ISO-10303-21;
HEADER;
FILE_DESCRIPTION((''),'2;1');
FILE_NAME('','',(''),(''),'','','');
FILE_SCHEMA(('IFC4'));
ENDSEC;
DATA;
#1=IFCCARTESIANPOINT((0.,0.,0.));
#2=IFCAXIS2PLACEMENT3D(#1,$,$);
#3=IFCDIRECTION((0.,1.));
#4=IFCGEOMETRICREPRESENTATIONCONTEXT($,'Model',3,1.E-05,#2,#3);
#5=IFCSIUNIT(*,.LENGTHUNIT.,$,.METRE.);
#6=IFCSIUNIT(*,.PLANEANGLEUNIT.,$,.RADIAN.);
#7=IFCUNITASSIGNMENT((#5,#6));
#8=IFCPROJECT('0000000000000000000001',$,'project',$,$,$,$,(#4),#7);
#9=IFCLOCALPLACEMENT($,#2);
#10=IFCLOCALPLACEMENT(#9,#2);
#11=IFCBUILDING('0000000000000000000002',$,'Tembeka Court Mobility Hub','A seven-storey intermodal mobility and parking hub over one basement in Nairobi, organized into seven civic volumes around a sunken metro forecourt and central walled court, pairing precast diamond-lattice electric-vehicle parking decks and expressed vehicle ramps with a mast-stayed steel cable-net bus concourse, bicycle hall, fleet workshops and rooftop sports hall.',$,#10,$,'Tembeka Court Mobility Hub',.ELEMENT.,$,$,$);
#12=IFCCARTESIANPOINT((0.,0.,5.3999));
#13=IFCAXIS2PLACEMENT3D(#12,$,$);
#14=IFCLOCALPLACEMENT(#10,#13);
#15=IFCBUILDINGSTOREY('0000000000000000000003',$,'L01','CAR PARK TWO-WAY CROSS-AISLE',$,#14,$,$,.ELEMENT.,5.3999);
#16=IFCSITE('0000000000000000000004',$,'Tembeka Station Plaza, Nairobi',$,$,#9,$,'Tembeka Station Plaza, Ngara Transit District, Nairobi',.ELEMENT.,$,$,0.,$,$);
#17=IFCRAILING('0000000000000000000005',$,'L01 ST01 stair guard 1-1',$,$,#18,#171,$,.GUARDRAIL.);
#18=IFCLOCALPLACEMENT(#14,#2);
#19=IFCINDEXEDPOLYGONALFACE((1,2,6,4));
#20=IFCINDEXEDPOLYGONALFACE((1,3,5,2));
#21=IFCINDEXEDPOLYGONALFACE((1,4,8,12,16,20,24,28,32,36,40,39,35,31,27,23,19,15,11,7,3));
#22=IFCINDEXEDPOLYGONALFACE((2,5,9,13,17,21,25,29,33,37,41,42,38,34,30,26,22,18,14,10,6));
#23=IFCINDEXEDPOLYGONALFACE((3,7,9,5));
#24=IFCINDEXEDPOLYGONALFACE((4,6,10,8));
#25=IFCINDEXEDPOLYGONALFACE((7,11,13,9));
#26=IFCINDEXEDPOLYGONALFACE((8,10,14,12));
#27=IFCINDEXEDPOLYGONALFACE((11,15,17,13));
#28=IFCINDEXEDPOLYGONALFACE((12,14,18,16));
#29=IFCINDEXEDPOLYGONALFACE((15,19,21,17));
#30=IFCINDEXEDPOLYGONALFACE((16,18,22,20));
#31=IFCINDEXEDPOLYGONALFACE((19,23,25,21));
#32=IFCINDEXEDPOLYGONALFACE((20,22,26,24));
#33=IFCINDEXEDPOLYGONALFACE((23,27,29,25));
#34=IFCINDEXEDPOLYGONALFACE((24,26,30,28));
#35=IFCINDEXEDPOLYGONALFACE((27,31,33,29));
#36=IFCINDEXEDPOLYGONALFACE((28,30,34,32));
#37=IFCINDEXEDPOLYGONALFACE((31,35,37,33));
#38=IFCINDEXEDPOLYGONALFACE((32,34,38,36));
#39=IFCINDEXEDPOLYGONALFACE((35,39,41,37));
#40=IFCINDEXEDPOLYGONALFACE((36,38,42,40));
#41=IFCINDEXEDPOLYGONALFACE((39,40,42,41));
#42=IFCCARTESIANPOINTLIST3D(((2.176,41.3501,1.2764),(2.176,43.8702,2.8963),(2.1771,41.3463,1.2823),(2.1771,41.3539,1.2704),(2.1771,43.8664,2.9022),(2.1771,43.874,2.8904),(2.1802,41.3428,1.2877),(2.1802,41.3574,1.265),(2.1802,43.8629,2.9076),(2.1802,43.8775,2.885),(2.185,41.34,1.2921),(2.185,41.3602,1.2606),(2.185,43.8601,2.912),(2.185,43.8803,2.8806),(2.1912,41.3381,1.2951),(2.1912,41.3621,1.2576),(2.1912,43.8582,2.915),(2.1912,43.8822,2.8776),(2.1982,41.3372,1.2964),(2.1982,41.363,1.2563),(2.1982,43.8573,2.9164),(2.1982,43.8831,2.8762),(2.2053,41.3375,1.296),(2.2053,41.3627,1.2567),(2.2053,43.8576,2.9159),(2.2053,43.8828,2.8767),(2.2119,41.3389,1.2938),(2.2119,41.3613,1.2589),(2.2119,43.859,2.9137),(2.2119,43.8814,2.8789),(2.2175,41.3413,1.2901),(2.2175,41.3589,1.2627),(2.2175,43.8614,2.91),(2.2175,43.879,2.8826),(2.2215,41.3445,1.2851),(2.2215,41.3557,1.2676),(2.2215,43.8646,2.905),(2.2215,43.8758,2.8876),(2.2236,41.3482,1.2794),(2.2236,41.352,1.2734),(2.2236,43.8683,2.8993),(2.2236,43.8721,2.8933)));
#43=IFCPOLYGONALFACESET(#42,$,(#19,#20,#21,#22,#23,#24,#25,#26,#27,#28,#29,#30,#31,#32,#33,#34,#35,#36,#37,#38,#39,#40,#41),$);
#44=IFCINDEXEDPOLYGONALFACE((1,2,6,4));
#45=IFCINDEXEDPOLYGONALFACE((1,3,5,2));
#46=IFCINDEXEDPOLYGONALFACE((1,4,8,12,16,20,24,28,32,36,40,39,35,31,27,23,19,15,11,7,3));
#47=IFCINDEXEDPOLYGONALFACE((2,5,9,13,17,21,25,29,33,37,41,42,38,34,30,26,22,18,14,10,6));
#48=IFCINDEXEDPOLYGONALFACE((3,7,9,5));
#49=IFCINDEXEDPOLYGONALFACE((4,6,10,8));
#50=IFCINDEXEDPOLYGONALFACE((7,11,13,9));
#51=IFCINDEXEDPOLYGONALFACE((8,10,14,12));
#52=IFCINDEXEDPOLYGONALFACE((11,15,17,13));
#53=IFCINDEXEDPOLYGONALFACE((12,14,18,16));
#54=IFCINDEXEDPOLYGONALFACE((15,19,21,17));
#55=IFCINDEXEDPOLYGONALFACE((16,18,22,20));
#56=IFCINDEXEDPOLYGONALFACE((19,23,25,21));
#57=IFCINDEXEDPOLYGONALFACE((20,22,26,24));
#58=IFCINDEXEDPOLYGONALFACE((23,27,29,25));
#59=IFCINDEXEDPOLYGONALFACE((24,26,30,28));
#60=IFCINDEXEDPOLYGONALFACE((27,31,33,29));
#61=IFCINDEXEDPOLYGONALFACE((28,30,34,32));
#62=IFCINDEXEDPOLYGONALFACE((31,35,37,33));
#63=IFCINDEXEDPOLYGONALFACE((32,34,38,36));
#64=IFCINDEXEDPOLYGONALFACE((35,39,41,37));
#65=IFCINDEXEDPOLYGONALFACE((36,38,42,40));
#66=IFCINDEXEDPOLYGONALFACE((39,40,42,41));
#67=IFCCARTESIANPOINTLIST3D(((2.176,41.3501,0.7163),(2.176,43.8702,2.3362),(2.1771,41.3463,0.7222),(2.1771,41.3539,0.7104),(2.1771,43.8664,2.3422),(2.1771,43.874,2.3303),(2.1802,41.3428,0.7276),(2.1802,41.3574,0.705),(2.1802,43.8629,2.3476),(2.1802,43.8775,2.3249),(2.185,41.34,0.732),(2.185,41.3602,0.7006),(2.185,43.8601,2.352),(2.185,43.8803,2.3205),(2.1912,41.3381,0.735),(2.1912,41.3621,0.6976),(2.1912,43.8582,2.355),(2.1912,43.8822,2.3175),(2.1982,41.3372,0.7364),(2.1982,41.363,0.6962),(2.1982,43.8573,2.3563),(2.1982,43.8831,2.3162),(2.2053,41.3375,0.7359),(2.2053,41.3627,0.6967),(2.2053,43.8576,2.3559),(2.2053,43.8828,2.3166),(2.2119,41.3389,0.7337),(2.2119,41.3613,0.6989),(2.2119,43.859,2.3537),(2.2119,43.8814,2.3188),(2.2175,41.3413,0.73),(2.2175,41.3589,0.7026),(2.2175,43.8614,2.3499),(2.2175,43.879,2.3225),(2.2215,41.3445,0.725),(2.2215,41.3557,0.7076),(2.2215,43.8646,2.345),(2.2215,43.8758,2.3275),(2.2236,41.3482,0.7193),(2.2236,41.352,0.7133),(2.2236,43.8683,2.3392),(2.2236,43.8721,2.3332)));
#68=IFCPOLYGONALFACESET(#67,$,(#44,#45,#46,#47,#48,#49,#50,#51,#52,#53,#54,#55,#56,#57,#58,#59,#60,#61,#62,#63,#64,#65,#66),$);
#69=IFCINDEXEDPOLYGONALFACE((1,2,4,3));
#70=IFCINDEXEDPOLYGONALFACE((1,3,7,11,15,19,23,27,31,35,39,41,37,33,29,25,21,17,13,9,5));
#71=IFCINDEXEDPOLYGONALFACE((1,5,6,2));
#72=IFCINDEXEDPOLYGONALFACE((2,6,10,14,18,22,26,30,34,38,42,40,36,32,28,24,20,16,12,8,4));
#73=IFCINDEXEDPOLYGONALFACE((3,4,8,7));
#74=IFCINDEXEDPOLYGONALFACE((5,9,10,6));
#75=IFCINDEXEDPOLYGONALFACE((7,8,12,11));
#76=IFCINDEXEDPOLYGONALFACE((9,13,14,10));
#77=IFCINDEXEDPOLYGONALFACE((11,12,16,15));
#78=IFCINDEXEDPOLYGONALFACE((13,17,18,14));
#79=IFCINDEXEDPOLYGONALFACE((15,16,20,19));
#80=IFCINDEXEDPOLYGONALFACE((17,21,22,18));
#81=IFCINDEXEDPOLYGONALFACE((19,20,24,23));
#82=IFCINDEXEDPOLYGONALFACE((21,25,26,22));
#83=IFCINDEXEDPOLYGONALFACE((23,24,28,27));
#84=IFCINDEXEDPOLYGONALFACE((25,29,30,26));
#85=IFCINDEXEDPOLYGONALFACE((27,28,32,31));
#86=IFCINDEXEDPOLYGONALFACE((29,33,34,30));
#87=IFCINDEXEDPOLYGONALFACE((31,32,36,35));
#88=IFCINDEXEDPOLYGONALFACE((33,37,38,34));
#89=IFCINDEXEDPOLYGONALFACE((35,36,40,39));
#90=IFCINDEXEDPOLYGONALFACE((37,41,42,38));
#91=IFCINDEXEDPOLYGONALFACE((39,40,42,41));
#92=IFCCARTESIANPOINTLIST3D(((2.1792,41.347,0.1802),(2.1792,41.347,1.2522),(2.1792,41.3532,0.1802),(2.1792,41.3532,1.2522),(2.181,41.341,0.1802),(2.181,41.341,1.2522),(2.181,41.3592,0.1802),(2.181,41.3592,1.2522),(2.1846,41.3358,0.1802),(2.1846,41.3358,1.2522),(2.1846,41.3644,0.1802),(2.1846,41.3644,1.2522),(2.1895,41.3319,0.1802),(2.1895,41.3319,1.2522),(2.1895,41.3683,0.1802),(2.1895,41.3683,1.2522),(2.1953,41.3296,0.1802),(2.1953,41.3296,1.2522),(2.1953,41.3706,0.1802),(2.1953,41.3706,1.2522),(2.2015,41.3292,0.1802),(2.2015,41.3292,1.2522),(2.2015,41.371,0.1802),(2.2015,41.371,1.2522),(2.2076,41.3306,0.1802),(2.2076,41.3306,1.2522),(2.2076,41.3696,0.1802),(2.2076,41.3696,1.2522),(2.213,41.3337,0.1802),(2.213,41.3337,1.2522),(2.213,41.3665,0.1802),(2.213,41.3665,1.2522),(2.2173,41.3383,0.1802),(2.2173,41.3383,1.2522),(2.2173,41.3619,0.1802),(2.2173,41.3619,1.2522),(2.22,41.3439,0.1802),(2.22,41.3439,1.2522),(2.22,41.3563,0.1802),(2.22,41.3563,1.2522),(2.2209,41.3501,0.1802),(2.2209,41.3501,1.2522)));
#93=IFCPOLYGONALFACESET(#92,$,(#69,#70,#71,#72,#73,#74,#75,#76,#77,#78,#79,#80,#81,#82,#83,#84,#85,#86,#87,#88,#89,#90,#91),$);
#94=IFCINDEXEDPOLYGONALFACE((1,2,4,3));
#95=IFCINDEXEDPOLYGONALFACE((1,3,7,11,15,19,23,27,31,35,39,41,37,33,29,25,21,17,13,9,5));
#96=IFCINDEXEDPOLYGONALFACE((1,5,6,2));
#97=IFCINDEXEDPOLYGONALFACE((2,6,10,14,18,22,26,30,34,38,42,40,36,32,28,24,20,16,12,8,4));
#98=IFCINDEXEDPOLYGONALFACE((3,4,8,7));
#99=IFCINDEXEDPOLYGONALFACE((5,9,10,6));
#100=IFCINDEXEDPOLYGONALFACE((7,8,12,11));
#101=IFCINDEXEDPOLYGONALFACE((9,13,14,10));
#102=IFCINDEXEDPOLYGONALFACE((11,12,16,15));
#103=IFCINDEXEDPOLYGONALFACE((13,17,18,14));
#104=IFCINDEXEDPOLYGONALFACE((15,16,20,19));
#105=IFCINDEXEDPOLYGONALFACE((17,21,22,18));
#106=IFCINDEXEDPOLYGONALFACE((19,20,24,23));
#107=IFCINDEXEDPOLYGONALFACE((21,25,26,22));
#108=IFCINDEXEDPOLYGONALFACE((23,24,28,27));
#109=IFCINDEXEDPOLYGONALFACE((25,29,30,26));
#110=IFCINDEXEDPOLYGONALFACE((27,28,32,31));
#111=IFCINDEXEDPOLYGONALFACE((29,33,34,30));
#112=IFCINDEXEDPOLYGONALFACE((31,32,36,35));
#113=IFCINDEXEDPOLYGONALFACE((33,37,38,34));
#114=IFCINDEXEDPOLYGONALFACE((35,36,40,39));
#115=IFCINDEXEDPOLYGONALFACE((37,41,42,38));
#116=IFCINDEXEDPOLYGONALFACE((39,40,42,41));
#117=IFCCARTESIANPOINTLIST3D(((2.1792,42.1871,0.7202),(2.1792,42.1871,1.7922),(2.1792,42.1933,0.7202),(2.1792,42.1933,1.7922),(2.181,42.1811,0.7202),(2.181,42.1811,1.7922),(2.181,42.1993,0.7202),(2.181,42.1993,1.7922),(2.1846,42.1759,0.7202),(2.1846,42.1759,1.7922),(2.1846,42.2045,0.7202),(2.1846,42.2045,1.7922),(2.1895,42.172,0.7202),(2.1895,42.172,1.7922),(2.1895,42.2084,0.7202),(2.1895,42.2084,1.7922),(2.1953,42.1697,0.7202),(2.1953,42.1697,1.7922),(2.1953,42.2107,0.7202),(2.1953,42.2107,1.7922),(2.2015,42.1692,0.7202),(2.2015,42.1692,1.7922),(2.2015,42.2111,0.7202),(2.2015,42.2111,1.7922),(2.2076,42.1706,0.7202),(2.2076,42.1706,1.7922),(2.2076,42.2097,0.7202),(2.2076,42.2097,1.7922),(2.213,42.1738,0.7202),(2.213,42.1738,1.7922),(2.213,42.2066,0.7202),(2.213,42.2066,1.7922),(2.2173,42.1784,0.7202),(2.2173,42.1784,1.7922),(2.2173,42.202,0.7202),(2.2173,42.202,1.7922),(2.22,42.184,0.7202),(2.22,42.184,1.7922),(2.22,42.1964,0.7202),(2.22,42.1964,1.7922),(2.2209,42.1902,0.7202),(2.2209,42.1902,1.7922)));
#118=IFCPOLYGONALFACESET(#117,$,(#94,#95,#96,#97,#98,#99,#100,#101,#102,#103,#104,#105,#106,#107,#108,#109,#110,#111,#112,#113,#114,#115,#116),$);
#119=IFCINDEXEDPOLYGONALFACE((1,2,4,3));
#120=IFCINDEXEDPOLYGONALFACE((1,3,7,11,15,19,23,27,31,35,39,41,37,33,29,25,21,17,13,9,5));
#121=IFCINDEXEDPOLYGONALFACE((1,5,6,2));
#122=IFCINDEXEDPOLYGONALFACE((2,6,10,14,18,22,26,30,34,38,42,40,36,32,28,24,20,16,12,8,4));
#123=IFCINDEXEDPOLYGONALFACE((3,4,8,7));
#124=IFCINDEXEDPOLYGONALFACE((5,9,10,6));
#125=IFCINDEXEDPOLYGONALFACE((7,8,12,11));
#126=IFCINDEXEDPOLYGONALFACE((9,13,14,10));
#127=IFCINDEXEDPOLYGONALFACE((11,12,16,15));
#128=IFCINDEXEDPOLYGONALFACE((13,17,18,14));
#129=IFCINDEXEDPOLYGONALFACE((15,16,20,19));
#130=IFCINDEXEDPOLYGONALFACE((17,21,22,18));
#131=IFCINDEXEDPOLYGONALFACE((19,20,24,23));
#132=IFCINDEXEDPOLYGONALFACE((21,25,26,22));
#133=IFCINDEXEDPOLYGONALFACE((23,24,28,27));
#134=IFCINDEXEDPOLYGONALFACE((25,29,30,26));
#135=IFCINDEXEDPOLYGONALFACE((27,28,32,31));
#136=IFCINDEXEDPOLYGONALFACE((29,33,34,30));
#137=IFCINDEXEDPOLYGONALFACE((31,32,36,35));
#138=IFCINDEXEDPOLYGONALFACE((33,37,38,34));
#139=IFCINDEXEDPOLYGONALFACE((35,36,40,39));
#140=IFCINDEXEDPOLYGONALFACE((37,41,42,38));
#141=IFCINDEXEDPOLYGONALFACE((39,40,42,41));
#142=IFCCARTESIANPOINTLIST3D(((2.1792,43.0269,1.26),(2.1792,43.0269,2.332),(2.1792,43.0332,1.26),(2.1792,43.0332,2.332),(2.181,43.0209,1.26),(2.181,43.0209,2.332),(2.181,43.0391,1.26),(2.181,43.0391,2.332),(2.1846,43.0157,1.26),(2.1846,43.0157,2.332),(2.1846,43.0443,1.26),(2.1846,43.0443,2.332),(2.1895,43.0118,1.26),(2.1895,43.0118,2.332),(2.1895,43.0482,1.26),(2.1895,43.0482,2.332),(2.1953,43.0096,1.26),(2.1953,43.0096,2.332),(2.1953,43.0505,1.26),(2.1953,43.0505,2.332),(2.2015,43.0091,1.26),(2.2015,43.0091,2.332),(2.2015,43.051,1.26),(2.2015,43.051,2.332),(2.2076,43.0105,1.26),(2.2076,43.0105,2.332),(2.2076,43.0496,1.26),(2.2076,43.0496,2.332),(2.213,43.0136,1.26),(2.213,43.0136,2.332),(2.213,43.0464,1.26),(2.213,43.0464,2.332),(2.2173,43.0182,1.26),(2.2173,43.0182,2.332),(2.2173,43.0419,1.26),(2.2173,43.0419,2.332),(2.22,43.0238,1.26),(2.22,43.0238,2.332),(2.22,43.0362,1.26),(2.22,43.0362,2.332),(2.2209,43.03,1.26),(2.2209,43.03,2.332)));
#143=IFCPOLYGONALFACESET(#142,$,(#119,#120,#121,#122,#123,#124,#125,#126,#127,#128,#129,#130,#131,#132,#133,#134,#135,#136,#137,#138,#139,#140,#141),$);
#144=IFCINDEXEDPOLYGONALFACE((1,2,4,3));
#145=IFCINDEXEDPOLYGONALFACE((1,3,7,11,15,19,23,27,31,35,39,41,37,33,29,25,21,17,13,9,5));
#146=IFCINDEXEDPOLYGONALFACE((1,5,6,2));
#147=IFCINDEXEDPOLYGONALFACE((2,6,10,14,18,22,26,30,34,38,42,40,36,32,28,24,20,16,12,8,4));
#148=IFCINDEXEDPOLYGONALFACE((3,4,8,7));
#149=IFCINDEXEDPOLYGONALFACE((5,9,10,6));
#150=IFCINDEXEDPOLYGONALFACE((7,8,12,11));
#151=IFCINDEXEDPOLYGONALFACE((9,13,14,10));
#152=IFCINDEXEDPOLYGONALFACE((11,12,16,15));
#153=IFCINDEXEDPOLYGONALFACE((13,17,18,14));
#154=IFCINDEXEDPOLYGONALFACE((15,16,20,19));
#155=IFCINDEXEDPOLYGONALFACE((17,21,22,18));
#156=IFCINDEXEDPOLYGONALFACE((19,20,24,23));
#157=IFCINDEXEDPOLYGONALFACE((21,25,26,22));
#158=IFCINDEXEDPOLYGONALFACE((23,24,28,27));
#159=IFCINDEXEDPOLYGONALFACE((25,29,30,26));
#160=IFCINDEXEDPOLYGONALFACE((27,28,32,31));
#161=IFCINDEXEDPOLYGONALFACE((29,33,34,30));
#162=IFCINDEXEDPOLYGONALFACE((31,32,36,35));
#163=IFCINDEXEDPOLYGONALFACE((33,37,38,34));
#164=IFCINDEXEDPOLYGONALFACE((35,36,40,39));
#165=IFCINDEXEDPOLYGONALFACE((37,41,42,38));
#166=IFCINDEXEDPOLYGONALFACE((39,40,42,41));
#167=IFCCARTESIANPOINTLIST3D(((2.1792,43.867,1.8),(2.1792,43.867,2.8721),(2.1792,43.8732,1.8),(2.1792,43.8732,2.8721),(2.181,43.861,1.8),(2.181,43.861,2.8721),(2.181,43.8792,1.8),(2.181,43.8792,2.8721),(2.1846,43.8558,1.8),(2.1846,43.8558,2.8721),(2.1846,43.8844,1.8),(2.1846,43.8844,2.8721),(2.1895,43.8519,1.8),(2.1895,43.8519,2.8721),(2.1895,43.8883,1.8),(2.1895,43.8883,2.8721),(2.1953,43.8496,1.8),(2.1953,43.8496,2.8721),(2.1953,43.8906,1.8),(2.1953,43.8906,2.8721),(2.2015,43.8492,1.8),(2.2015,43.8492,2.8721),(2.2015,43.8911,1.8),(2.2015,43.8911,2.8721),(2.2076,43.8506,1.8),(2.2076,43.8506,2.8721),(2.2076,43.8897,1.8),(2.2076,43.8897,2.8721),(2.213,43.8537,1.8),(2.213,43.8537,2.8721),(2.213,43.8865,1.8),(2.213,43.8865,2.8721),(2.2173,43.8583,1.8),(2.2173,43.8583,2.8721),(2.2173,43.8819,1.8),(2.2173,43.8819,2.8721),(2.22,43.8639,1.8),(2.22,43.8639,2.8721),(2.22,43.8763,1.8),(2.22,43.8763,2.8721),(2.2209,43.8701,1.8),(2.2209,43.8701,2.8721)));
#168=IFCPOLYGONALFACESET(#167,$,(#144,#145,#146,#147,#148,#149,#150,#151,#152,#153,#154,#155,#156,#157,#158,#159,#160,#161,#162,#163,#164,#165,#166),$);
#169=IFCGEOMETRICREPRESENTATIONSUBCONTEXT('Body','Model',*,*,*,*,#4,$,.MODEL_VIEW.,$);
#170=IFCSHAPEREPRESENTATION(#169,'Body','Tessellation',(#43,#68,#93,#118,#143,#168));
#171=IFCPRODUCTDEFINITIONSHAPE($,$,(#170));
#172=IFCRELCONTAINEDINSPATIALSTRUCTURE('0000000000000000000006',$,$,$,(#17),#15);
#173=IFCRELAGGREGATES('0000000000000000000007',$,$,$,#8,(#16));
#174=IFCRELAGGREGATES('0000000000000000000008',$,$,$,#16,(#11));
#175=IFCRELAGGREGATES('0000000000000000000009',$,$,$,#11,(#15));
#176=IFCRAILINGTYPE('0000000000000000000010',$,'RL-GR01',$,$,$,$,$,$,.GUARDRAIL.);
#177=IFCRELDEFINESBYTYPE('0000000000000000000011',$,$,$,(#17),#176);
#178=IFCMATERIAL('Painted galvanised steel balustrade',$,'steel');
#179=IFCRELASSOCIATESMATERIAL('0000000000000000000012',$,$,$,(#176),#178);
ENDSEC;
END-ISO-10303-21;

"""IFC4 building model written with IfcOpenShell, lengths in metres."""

from ifc_helpers import new_model, si_unit, direction, frame, origin, origin_2d, place, context, subcontext, project, spatial, circle, extrude, material, type_object, element, save


model = new_model("IFC4")

# Units and contexts
model_context = context("Model", 3, precision=1e-05, world=origin(), true_north=direction((0.0, 1.0)))
body_context = subcontext(model_context, "Body", "Model", "MODEL_VIEW")
ifc_project = project(units=[si_unit("LENGTHUNIT", "METRE"), si_unit("PLANEANGLEUNIT", "RADIAN")], contexts=[model_context])

# Site, building, storey
site_placement = place(None, origin())
site = spatial("IfcSite", under=ifc_project, at=site_placement, Name="Tembeka Station Plaza, Nairobi", LongName="Tembeka Station Plaza, Ngara Transit District, Nairobi", CompositionType="ELEMENT", RefElevation=0.0)
building_placement = place(site_placement, origin())
building = spatial("IfcBuilding", under=site, at=building_placement, Name="Tembeka Court Mobility Hub", Description="A seven-storey intermodal mobility and parking hub over one basement in Nairobi, organized into seven civic volumes around a sunken metro forecourt and central walled court, pairing precast diamond-lattice electric-vehicle parking decks and expressed vehicle ramps with a mast-stayed steel cable-net bus concourse, bicycle hall, fleet workshops and rooftop sports hall.", LongName="Tembeka Court Mobility Hub", CompositionType="ELEMENT")
storey_placement = place(building_placement, frame((0.0, 0.0, 5.3999)))
storey = spatial("IfcBuildingStorey", under=building, at=storey_placement, Name="L01", Description="CAR PARK TWO-WAY CROSS-AISLE", CompositionType="ELEMENT", Elevation=5.3999)

# Railing
ifc_material_1 = material(Name="Painted galvanised steel balustrade", Category="steel")
railing_type_1 = type_object("IfcRailingType", Name="RL-GR01", PredefinedType="GUARDRAIL", material=ifc_material_1)
railing_1_placement = place(storey_placement, frame((2.2, 41.3501, 0.1802)))
element("IfcRailing", 1, at=railing_1_placement, inside=storey, type_object=railing_type_1, Name="L01 ST01 stair guard 1-1", PredefinedType="GUARDRAIL", context=body_context, shape_type="SweptSolid", body=[
    extrude(circle(Radius=0.0239, at=origin_2d()), frame((0.0, 0.0, 1.0962), z_axis=(0.0, 0.8412, 0.540725), x_axis=(-1.0, 0.0, 0.0)), (0.0, 0.0, 1.0), 2.9958),
    extrude(circle(Radius=0.0239, at=origin_2d()), frame((0.0, 0.0, 0.5361), z_axis=(0.0, 0.8412, 0.540725), x_axis=(-1.0, 0.0, 0.0)), (0.0, 0.0, 1.0), 2.9958),
    extrude(circle(Radius=0.021, at=origin_2d()), origin(), (0.0, 0.0, 1.0), 1.072),
    extrude(circle(Radius=0.021, at=origin_2d()), frame((0.0, 0.8401, 0.54)), (0.0, 0.0, 1.0), 1.072),
    extrude(circle(Radius=0.021, at=origin_2d()), frame((0.0, 1.6799, 1.0798)), (0.0, 0.0, 1.0), 1.072),
    extrude(circle(Radius=0.021, at=origin_2d()), frame((0.0, 2.52, 1.6199)), (0.0, 0.0, 1.0), 1.072),
])

save(model, "model.ifc")
